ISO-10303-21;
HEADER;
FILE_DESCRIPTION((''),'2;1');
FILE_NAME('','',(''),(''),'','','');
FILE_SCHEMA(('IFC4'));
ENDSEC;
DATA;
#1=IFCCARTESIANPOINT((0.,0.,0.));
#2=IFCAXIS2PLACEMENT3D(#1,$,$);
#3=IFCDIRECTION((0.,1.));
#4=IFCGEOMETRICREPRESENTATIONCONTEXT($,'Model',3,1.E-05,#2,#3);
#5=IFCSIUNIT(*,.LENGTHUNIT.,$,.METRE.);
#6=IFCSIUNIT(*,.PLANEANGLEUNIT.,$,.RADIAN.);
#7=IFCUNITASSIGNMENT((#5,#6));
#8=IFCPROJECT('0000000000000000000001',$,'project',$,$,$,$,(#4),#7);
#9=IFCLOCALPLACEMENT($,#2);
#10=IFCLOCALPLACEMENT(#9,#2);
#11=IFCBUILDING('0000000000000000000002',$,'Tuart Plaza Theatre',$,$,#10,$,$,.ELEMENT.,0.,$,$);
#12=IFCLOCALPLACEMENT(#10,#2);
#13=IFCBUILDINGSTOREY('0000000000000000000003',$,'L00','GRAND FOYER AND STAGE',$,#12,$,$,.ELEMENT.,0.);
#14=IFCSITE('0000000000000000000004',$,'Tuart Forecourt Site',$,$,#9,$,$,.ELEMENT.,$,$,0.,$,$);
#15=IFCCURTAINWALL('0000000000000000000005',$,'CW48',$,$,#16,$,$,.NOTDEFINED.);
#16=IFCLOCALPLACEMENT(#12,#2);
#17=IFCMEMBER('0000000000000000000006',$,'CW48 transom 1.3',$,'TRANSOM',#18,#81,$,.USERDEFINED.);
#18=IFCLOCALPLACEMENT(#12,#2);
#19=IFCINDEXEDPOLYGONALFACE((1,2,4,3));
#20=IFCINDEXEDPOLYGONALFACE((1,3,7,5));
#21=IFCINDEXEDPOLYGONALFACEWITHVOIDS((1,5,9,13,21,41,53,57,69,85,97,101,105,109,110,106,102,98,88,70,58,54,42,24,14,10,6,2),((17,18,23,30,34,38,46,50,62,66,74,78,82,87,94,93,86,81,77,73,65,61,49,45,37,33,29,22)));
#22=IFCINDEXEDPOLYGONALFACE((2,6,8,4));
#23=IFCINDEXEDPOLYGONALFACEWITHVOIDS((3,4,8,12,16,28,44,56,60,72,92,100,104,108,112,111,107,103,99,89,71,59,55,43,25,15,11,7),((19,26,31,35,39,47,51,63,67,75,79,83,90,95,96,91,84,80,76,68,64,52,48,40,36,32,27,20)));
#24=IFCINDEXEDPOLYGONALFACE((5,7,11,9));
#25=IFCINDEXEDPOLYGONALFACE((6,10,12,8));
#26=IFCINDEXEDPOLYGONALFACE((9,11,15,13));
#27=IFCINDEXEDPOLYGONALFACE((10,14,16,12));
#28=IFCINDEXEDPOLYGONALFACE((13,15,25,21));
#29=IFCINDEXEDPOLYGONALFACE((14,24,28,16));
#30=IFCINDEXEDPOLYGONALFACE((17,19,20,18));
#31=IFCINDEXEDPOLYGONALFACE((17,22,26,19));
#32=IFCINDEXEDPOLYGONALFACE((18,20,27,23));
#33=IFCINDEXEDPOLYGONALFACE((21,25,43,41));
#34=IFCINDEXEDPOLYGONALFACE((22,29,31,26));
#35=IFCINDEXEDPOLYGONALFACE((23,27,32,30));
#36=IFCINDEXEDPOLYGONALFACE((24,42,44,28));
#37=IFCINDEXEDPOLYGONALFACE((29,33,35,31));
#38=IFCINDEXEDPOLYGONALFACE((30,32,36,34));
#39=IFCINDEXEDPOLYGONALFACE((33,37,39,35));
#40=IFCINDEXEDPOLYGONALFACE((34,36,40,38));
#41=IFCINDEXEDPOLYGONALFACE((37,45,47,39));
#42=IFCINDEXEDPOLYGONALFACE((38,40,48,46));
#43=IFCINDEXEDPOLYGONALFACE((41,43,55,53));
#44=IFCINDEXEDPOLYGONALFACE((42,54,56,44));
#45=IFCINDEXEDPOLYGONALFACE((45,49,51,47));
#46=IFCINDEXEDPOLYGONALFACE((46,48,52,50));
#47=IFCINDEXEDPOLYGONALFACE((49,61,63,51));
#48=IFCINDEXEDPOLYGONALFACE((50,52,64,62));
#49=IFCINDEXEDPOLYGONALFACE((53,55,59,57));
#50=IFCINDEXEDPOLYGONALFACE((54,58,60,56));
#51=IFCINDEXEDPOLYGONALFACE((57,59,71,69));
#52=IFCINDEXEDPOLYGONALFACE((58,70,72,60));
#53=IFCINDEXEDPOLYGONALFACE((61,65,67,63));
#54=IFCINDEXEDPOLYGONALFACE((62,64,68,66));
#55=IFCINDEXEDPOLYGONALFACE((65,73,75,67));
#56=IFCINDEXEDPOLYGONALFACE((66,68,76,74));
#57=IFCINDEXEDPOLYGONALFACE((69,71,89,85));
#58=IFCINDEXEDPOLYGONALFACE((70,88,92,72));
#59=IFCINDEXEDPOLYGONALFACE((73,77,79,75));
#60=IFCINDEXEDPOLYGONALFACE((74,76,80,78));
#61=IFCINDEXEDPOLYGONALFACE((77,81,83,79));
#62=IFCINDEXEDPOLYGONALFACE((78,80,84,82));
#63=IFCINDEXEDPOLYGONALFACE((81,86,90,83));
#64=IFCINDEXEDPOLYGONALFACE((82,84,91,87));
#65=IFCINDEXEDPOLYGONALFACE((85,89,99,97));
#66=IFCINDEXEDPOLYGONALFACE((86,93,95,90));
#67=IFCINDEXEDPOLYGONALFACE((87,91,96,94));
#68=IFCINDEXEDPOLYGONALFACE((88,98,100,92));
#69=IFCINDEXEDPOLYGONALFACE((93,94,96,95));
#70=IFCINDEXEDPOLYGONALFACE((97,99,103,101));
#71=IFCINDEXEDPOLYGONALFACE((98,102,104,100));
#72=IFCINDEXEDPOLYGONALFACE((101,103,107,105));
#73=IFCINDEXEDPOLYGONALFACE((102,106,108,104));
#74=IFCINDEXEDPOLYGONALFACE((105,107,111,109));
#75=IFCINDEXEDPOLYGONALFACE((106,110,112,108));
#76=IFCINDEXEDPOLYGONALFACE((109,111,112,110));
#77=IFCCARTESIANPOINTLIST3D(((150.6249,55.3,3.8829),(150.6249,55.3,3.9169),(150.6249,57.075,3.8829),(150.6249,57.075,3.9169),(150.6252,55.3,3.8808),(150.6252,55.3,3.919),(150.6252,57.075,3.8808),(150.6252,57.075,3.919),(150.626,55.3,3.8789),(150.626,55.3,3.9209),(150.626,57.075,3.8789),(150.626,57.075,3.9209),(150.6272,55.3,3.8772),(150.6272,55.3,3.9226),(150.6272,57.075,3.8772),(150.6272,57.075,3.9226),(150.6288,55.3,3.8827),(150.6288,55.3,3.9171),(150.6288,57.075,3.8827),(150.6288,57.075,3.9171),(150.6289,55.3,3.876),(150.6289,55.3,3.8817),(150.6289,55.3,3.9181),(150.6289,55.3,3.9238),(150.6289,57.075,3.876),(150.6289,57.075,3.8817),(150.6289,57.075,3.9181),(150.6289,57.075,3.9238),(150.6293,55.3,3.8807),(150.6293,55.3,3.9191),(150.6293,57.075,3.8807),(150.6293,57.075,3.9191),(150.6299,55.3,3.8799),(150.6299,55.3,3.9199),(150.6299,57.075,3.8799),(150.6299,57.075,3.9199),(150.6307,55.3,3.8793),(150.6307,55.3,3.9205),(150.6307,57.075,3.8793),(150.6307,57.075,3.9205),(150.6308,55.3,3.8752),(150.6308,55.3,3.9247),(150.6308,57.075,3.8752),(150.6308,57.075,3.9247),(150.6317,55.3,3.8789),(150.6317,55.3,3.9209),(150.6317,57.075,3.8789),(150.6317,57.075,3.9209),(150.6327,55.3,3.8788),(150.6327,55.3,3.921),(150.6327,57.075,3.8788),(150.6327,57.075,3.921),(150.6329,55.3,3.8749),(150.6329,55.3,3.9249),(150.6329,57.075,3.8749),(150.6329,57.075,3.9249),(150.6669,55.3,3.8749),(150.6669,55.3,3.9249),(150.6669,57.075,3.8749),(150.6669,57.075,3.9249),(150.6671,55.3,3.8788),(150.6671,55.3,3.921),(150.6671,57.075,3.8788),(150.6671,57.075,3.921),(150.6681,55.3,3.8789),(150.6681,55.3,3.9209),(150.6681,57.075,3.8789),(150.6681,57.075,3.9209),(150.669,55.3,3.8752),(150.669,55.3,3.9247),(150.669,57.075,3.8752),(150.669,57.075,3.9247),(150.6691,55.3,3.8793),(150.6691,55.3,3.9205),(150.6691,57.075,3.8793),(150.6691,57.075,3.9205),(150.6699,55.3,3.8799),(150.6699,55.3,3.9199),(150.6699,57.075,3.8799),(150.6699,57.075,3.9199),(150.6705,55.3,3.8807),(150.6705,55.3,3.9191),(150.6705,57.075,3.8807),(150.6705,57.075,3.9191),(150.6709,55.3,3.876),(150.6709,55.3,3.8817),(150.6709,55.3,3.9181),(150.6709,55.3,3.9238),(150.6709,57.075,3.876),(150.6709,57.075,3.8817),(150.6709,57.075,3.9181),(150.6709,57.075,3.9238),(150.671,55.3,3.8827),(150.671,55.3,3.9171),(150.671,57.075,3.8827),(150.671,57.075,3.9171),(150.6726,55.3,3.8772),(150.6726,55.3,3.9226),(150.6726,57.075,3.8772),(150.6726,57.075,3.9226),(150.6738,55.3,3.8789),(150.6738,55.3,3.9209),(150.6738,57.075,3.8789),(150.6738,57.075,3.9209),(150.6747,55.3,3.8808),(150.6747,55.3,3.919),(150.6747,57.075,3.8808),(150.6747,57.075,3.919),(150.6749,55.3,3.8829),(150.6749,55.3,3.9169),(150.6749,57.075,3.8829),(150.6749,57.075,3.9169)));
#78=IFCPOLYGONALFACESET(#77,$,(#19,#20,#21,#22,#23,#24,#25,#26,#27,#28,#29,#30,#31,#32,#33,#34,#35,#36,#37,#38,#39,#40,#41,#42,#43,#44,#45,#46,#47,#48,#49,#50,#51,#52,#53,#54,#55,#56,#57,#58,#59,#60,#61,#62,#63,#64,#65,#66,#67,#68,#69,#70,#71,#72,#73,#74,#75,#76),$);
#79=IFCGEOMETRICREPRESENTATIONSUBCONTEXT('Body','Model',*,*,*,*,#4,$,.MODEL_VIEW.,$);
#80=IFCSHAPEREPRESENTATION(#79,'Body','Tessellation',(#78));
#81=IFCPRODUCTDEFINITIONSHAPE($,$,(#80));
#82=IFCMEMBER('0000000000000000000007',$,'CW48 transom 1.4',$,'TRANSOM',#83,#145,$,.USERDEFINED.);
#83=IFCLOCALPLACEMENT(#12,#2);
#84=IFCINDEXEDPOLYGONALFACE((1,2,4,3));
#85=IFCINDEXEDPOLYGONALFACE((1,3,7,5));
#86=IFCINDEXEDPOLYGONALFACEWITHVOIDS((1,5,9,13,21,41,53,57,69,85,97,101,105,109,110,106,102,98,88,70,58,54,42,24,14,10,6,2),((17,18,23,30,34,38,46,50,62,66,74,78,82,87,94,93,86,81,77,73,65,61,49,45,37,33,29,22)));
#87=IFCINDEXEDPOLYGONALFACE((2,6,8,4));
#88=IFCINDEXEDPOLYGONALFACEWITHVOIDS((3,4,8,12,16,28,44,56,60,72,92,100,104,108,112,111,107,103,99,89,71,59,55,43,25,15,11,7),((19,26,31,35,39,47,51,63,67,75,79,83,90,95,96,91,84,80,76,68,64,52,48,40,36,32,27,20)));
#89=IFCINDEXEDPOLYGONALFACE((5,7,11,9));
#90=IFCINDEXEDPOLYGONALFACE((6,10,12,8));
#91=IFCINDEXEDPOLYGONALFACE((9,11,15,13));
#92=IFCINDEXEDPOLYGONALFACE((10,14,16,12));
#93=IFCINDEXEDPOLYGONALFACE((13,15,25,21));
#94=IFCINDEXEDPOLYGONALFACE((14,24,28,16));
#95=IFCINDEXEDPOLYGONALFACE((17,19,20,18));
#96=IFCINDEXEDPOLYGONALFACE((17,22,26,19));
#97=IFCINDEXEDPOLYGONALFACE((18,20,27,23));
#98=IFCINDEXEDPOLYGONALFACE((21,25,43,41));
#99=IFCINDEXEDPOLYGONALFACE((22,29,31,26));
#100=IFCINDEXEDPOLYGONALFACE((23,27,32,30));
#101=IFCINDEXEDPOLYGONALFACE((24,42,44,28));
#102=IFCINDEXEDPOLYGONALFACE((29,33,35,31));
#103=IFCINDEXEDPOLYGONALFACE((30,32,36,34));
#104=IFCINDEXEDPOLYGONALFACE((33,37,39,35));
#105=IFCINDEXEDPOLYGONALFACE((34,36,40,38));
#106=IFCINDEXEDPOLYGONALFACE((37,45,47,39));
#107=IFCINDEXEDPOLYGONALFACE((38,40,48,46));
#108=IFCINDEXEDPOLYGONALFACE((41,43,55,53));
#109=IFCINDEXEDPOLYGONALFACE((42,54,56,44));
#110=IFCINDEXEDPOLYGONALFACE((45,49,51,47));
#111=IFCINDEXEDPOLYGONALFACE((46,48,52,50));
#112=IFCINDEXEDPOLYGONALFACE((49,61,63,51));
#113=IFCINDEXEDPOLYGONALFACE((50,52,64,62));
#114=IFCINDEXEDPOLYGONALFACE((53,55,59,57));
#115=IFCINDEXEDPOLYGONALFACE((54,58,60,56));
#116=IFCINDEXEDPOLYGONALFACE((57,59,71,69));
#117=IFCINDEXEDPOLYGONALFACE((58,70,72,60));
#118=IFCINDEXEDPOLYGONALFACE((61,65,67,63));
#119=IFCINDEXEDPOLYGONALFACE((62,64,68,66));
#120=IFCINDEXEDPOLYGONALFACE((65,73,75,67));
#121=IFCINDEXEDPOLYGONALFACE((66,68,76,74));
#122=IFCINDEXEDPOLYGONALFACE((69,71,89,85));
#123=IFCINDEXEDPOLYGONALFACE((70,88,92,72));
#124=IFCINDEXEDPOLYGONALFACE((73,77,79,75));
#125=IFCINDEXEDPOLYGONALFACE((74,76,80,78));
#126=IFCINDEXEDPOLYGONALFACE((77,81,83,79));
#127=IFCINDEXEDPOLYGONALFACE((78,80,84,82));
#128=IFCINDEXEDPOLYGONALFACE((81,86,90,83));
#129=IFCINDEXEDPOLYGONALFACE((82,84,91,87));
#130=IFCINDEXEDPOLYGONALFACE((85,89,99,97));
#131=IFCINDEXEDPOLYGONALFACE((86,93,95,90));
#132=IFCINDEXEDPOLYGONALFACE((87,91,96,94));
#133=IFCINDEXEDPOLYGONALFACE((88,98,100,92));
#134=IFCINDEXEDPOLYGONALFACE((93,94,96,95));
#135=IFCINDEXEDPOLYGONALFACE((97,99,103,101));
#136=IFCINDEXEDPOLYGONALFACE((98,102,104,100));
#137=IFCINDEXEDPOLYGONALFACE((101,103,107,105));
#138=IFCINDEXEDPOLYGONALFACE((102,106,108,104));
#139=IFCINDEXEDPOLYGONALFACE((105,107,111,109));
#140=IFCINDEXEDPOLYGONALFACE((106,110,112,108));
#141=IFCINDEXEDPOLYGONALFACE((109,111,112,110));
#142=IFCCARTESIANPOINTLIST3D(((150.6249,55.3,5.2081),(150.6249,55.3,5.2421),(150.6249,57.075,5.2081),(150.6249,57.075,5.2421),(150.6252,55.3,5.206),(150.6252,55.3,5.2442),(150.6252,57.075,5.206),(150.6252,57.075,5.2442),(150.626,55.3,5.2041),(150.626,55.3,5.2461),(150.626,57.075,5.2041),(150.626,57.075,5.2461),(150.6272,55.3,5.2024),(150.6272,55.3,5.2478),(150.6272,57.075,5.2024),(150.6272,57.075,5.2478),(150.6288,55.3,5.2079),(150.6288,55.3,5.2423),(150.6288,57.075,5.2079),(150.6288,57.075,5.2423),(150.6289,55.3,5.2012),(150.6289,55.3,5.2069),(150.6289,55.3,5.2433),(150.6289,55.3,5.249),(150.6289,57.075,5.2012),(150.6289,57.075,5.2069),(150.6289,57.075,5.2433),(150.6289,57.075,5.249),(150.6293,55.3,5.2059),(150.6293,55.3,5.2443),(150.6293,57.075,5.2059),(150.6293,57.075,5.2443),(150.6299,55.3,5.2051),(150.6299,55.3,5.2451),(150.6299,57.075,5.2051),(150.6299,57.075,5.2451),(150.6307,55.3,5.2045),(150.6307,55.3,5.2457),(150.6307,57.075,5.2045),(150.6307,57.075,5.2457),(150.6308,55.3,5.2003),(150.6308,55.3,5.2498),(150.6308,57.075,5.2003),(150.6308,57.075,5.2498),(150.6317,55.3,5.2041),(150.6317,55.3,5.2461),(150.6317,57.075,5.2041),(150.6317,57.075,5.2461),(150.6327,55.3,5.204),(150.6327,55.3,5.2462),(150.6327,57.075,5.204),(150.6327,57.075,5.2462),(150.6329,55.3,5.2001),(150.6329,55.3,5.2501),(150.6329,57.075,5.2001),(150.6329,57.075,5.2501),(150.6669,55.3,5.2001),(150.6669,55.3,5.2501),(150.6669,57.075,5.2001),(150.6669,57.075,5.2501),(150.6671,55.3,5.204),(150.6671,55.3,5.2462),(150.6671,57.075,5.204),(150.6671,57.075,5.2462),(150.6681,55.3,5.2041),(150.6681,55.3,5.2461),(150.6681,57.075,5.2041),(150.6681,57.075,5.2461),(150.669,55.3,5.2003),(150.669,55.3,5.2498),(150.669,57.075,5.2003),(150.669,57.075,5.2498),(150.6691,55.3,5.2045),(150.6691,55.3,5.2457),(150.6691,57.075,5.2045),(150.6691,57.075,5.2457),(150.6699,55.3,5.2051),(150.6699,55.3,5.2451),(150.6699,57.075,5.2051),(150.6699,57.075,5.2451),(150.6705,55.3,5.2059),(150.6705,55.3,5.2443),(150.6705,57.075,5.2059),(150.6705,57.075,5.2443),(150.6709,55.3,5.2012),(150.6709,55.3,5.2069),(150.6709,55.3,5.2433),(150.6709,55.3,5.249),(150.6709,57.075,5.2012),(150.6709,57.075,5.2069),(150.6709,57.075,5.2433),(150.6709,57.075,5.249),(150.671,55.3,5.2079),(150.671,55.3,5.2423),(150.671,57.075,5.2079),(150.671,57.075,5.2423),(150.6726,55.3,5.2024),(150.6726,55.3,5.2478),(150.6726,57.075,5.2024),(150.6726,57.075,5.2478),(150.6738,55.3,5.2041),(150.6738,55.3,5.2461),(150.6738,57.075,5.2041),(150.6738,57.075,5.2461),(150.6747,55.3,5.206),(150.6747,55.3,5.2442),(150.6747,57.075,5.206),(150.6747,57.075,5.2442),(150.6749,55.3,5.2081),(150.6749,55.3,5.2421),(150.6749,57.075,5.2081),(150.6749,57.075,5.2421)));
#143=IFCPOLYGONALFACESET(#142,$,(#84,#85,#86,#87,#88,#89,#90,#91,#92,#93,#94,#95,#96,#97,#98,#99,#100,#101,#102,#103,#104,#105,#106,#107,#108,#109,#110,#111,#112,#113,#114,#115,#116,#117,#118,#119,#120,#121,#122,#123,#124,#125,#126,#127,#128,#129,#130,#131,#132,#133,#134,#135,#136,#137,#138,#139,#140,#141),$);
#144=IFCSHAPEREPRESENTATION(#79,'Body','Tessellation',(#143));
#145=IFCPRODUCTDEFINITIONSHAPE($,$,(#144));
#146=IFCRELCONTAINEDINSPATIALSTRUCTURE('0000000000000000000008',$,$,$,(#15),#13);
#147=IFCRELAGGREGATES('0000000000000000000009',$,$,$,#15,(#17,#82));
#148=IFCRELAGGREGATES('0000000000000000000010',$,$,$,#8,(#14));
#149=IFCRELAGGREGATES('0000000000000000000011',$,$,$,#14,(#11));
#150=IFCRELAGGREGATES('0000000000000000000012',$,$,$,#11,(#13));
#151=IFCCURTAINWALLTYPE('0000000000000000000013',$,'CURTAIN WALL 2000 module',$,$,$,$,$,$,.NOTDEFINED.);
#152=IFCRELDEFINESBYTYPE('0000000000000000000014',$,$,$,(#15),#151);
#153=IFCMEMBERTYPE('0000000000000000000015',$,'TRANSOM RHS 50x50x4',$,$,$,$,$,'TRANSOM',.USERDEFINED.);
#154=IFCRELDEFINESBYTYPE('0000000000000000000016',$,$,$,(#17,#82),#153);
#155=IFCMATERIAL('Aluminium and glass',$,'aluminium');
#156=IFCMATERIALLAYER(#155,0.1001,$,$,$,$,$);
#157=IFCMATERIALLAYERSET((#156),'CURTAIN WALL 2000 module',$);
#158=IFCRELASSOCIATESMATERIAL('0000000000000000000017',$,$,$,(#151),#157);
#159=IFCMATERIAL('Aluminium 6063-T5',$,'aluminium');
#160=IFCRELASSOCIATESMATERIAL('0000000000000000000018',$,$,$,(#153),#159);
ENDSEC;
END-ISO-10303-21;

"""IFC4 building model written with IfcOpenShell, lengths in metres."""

from ifc_helpers import new_model, si_unit, direction, frame, origin, origin_2d, place, context, subcontext, project, spatial, hollow_rectangle, extrude, material, layer, layer_set, material_profile, profile_set, type_object, element, aggregate, save


model = new_model("IFC4")

# Units and contexts
model_context = context("Model", 3, precision=1e-05, world=origin(), true_north=direction((0.0, 1.0)))
body_context = subcontext(model_context, "Body", "Model", "MODEL_VIEW")
ifc_project = project(units=[si_unit("LENGTHUNIT", "METRE"), si_unit("PLANEANGLEUNIT", "RADIAN")], contexts=[model_context])

# Site, building, storey
site_placement = place(None, origin())
site = spatial("IfcSite", under=ifc_project, at=site_placement, Name="Tuart Forecourt Site", CompositionType="ELEMENT", RefElevation=0.0)
building_placement = place(site_placement, origin())
building = spatial("IfcBuilding", under=site, at=building_placement, Name="Tuart Plaza Theatre", CompositionType="ELEMENT", ElevationOfRefHeight=0.0)
storey_placement = place(building_placement, origin())
storey = spatial("IfcBuildingStorey", under=building, at=storey_placement, Name="L00", Description="GRAND FOYER AND STAGE", CompositionType="ELEMENT", Elevation=0.0)

# Curtain wall
ifc_material_1 = material(Name="Aluminium and glass", Category="aluminium")
ifc_layer_1 = layer(ifc_material_1, 0.1001)
ifc_layer_set_1 = layer_set([ifc_layer_1], Name="CURTAIN WALL 2000 module")
curtain_wall_type_1 = type_object("IfcCurtainWallType", Name="CURTAIN WALL 2000 module", PredefinedType="NOTDEFINED", material=ifc_layer_set_1)
curtain_wall_1_placement = place(storey_placement, origin())
curtain_wall_1 = element("IfcCurtainWall", 1, at=curtain_wall_1_placement, inside=storey, type_object=curtain_wall_type_1, Name="CW48", PredefinedType="NOTDEFINED")

# Members
ifc_material_2 = material(Name="Aluminium 6063-T5", Category="aluminium")
ifc_material_profile_1 = material_profile(ifc_material_2, hollow_rectangle(XDim=0.05, YDim=0.05, WallThickness=0.0039, InnerFilletRadius=0.0039, OuterFilletRadius=0.0081, at=origin_2d()), Name="RHS 50x50x4")
ifc_profile_set_1 = profile_set([ifc_material_profile_1], Name="Aluminium 6063-T5")
member_type_1 = type_object("IfcMemberType", Name="TRANSOM RHS 50x50x4", ElementType="TRANSOM", PredefinedType="USERDEFINED", material=ifc_profile_set_1)
member_1_placement = place(storey_placement, frame((150.6499, 55.3, 3.8999), z_axis=(0.0, 1.0, 0.0), x_axis=(-1.0, 0.0, 0.0)))
member_1 = element("IfcMember", 2, at=member_1_placement, type_object=member_type_1, Name="CW48 transom 1.3", ObjectType="TRANSOM", PredefinedType="USERDEFINED", context=body_context, shape_type="SweptSolid", body=[
    extrude(hollow_rectangle(XDim=0.05, YDim=0.05, WallThickness=0.0039, InnerFilletRadius=0.0039, OuterFilletRadius=0.0081, at=origin_2d()), origin(), (0.0, 0.0, 1.0), 1.7749),
])
member_2_placement = place(storey_placement, frame((150.6499, 55.3, 5.2251), z_axis=(0.0, 1.0, 0.0), x_axis=(-1.0, 0.0, 0.0)))
member_2 = element("IfcMember", 3, at=member_2_placement, type_object=member_type_1, Name="CW48 transom 1.4", ObjectType="TRANSOM", PredefinedType="USERDEFINED", context=body_context, shape_type="SweptSolid", body=[
    extrude(hollow_rectangle(XDim=0.05, YDim=0.05, WallThickness=0.0039, InnerFilletRadius=0.0039, OuterFilletRadius=0.0081, at=origin_2d()), origin(), (0.0, 0.0, 1.0), 1.7749),
])
aggregate(curtain_wall_1, [member_1, member_2])

save(model, "model.ifc")
